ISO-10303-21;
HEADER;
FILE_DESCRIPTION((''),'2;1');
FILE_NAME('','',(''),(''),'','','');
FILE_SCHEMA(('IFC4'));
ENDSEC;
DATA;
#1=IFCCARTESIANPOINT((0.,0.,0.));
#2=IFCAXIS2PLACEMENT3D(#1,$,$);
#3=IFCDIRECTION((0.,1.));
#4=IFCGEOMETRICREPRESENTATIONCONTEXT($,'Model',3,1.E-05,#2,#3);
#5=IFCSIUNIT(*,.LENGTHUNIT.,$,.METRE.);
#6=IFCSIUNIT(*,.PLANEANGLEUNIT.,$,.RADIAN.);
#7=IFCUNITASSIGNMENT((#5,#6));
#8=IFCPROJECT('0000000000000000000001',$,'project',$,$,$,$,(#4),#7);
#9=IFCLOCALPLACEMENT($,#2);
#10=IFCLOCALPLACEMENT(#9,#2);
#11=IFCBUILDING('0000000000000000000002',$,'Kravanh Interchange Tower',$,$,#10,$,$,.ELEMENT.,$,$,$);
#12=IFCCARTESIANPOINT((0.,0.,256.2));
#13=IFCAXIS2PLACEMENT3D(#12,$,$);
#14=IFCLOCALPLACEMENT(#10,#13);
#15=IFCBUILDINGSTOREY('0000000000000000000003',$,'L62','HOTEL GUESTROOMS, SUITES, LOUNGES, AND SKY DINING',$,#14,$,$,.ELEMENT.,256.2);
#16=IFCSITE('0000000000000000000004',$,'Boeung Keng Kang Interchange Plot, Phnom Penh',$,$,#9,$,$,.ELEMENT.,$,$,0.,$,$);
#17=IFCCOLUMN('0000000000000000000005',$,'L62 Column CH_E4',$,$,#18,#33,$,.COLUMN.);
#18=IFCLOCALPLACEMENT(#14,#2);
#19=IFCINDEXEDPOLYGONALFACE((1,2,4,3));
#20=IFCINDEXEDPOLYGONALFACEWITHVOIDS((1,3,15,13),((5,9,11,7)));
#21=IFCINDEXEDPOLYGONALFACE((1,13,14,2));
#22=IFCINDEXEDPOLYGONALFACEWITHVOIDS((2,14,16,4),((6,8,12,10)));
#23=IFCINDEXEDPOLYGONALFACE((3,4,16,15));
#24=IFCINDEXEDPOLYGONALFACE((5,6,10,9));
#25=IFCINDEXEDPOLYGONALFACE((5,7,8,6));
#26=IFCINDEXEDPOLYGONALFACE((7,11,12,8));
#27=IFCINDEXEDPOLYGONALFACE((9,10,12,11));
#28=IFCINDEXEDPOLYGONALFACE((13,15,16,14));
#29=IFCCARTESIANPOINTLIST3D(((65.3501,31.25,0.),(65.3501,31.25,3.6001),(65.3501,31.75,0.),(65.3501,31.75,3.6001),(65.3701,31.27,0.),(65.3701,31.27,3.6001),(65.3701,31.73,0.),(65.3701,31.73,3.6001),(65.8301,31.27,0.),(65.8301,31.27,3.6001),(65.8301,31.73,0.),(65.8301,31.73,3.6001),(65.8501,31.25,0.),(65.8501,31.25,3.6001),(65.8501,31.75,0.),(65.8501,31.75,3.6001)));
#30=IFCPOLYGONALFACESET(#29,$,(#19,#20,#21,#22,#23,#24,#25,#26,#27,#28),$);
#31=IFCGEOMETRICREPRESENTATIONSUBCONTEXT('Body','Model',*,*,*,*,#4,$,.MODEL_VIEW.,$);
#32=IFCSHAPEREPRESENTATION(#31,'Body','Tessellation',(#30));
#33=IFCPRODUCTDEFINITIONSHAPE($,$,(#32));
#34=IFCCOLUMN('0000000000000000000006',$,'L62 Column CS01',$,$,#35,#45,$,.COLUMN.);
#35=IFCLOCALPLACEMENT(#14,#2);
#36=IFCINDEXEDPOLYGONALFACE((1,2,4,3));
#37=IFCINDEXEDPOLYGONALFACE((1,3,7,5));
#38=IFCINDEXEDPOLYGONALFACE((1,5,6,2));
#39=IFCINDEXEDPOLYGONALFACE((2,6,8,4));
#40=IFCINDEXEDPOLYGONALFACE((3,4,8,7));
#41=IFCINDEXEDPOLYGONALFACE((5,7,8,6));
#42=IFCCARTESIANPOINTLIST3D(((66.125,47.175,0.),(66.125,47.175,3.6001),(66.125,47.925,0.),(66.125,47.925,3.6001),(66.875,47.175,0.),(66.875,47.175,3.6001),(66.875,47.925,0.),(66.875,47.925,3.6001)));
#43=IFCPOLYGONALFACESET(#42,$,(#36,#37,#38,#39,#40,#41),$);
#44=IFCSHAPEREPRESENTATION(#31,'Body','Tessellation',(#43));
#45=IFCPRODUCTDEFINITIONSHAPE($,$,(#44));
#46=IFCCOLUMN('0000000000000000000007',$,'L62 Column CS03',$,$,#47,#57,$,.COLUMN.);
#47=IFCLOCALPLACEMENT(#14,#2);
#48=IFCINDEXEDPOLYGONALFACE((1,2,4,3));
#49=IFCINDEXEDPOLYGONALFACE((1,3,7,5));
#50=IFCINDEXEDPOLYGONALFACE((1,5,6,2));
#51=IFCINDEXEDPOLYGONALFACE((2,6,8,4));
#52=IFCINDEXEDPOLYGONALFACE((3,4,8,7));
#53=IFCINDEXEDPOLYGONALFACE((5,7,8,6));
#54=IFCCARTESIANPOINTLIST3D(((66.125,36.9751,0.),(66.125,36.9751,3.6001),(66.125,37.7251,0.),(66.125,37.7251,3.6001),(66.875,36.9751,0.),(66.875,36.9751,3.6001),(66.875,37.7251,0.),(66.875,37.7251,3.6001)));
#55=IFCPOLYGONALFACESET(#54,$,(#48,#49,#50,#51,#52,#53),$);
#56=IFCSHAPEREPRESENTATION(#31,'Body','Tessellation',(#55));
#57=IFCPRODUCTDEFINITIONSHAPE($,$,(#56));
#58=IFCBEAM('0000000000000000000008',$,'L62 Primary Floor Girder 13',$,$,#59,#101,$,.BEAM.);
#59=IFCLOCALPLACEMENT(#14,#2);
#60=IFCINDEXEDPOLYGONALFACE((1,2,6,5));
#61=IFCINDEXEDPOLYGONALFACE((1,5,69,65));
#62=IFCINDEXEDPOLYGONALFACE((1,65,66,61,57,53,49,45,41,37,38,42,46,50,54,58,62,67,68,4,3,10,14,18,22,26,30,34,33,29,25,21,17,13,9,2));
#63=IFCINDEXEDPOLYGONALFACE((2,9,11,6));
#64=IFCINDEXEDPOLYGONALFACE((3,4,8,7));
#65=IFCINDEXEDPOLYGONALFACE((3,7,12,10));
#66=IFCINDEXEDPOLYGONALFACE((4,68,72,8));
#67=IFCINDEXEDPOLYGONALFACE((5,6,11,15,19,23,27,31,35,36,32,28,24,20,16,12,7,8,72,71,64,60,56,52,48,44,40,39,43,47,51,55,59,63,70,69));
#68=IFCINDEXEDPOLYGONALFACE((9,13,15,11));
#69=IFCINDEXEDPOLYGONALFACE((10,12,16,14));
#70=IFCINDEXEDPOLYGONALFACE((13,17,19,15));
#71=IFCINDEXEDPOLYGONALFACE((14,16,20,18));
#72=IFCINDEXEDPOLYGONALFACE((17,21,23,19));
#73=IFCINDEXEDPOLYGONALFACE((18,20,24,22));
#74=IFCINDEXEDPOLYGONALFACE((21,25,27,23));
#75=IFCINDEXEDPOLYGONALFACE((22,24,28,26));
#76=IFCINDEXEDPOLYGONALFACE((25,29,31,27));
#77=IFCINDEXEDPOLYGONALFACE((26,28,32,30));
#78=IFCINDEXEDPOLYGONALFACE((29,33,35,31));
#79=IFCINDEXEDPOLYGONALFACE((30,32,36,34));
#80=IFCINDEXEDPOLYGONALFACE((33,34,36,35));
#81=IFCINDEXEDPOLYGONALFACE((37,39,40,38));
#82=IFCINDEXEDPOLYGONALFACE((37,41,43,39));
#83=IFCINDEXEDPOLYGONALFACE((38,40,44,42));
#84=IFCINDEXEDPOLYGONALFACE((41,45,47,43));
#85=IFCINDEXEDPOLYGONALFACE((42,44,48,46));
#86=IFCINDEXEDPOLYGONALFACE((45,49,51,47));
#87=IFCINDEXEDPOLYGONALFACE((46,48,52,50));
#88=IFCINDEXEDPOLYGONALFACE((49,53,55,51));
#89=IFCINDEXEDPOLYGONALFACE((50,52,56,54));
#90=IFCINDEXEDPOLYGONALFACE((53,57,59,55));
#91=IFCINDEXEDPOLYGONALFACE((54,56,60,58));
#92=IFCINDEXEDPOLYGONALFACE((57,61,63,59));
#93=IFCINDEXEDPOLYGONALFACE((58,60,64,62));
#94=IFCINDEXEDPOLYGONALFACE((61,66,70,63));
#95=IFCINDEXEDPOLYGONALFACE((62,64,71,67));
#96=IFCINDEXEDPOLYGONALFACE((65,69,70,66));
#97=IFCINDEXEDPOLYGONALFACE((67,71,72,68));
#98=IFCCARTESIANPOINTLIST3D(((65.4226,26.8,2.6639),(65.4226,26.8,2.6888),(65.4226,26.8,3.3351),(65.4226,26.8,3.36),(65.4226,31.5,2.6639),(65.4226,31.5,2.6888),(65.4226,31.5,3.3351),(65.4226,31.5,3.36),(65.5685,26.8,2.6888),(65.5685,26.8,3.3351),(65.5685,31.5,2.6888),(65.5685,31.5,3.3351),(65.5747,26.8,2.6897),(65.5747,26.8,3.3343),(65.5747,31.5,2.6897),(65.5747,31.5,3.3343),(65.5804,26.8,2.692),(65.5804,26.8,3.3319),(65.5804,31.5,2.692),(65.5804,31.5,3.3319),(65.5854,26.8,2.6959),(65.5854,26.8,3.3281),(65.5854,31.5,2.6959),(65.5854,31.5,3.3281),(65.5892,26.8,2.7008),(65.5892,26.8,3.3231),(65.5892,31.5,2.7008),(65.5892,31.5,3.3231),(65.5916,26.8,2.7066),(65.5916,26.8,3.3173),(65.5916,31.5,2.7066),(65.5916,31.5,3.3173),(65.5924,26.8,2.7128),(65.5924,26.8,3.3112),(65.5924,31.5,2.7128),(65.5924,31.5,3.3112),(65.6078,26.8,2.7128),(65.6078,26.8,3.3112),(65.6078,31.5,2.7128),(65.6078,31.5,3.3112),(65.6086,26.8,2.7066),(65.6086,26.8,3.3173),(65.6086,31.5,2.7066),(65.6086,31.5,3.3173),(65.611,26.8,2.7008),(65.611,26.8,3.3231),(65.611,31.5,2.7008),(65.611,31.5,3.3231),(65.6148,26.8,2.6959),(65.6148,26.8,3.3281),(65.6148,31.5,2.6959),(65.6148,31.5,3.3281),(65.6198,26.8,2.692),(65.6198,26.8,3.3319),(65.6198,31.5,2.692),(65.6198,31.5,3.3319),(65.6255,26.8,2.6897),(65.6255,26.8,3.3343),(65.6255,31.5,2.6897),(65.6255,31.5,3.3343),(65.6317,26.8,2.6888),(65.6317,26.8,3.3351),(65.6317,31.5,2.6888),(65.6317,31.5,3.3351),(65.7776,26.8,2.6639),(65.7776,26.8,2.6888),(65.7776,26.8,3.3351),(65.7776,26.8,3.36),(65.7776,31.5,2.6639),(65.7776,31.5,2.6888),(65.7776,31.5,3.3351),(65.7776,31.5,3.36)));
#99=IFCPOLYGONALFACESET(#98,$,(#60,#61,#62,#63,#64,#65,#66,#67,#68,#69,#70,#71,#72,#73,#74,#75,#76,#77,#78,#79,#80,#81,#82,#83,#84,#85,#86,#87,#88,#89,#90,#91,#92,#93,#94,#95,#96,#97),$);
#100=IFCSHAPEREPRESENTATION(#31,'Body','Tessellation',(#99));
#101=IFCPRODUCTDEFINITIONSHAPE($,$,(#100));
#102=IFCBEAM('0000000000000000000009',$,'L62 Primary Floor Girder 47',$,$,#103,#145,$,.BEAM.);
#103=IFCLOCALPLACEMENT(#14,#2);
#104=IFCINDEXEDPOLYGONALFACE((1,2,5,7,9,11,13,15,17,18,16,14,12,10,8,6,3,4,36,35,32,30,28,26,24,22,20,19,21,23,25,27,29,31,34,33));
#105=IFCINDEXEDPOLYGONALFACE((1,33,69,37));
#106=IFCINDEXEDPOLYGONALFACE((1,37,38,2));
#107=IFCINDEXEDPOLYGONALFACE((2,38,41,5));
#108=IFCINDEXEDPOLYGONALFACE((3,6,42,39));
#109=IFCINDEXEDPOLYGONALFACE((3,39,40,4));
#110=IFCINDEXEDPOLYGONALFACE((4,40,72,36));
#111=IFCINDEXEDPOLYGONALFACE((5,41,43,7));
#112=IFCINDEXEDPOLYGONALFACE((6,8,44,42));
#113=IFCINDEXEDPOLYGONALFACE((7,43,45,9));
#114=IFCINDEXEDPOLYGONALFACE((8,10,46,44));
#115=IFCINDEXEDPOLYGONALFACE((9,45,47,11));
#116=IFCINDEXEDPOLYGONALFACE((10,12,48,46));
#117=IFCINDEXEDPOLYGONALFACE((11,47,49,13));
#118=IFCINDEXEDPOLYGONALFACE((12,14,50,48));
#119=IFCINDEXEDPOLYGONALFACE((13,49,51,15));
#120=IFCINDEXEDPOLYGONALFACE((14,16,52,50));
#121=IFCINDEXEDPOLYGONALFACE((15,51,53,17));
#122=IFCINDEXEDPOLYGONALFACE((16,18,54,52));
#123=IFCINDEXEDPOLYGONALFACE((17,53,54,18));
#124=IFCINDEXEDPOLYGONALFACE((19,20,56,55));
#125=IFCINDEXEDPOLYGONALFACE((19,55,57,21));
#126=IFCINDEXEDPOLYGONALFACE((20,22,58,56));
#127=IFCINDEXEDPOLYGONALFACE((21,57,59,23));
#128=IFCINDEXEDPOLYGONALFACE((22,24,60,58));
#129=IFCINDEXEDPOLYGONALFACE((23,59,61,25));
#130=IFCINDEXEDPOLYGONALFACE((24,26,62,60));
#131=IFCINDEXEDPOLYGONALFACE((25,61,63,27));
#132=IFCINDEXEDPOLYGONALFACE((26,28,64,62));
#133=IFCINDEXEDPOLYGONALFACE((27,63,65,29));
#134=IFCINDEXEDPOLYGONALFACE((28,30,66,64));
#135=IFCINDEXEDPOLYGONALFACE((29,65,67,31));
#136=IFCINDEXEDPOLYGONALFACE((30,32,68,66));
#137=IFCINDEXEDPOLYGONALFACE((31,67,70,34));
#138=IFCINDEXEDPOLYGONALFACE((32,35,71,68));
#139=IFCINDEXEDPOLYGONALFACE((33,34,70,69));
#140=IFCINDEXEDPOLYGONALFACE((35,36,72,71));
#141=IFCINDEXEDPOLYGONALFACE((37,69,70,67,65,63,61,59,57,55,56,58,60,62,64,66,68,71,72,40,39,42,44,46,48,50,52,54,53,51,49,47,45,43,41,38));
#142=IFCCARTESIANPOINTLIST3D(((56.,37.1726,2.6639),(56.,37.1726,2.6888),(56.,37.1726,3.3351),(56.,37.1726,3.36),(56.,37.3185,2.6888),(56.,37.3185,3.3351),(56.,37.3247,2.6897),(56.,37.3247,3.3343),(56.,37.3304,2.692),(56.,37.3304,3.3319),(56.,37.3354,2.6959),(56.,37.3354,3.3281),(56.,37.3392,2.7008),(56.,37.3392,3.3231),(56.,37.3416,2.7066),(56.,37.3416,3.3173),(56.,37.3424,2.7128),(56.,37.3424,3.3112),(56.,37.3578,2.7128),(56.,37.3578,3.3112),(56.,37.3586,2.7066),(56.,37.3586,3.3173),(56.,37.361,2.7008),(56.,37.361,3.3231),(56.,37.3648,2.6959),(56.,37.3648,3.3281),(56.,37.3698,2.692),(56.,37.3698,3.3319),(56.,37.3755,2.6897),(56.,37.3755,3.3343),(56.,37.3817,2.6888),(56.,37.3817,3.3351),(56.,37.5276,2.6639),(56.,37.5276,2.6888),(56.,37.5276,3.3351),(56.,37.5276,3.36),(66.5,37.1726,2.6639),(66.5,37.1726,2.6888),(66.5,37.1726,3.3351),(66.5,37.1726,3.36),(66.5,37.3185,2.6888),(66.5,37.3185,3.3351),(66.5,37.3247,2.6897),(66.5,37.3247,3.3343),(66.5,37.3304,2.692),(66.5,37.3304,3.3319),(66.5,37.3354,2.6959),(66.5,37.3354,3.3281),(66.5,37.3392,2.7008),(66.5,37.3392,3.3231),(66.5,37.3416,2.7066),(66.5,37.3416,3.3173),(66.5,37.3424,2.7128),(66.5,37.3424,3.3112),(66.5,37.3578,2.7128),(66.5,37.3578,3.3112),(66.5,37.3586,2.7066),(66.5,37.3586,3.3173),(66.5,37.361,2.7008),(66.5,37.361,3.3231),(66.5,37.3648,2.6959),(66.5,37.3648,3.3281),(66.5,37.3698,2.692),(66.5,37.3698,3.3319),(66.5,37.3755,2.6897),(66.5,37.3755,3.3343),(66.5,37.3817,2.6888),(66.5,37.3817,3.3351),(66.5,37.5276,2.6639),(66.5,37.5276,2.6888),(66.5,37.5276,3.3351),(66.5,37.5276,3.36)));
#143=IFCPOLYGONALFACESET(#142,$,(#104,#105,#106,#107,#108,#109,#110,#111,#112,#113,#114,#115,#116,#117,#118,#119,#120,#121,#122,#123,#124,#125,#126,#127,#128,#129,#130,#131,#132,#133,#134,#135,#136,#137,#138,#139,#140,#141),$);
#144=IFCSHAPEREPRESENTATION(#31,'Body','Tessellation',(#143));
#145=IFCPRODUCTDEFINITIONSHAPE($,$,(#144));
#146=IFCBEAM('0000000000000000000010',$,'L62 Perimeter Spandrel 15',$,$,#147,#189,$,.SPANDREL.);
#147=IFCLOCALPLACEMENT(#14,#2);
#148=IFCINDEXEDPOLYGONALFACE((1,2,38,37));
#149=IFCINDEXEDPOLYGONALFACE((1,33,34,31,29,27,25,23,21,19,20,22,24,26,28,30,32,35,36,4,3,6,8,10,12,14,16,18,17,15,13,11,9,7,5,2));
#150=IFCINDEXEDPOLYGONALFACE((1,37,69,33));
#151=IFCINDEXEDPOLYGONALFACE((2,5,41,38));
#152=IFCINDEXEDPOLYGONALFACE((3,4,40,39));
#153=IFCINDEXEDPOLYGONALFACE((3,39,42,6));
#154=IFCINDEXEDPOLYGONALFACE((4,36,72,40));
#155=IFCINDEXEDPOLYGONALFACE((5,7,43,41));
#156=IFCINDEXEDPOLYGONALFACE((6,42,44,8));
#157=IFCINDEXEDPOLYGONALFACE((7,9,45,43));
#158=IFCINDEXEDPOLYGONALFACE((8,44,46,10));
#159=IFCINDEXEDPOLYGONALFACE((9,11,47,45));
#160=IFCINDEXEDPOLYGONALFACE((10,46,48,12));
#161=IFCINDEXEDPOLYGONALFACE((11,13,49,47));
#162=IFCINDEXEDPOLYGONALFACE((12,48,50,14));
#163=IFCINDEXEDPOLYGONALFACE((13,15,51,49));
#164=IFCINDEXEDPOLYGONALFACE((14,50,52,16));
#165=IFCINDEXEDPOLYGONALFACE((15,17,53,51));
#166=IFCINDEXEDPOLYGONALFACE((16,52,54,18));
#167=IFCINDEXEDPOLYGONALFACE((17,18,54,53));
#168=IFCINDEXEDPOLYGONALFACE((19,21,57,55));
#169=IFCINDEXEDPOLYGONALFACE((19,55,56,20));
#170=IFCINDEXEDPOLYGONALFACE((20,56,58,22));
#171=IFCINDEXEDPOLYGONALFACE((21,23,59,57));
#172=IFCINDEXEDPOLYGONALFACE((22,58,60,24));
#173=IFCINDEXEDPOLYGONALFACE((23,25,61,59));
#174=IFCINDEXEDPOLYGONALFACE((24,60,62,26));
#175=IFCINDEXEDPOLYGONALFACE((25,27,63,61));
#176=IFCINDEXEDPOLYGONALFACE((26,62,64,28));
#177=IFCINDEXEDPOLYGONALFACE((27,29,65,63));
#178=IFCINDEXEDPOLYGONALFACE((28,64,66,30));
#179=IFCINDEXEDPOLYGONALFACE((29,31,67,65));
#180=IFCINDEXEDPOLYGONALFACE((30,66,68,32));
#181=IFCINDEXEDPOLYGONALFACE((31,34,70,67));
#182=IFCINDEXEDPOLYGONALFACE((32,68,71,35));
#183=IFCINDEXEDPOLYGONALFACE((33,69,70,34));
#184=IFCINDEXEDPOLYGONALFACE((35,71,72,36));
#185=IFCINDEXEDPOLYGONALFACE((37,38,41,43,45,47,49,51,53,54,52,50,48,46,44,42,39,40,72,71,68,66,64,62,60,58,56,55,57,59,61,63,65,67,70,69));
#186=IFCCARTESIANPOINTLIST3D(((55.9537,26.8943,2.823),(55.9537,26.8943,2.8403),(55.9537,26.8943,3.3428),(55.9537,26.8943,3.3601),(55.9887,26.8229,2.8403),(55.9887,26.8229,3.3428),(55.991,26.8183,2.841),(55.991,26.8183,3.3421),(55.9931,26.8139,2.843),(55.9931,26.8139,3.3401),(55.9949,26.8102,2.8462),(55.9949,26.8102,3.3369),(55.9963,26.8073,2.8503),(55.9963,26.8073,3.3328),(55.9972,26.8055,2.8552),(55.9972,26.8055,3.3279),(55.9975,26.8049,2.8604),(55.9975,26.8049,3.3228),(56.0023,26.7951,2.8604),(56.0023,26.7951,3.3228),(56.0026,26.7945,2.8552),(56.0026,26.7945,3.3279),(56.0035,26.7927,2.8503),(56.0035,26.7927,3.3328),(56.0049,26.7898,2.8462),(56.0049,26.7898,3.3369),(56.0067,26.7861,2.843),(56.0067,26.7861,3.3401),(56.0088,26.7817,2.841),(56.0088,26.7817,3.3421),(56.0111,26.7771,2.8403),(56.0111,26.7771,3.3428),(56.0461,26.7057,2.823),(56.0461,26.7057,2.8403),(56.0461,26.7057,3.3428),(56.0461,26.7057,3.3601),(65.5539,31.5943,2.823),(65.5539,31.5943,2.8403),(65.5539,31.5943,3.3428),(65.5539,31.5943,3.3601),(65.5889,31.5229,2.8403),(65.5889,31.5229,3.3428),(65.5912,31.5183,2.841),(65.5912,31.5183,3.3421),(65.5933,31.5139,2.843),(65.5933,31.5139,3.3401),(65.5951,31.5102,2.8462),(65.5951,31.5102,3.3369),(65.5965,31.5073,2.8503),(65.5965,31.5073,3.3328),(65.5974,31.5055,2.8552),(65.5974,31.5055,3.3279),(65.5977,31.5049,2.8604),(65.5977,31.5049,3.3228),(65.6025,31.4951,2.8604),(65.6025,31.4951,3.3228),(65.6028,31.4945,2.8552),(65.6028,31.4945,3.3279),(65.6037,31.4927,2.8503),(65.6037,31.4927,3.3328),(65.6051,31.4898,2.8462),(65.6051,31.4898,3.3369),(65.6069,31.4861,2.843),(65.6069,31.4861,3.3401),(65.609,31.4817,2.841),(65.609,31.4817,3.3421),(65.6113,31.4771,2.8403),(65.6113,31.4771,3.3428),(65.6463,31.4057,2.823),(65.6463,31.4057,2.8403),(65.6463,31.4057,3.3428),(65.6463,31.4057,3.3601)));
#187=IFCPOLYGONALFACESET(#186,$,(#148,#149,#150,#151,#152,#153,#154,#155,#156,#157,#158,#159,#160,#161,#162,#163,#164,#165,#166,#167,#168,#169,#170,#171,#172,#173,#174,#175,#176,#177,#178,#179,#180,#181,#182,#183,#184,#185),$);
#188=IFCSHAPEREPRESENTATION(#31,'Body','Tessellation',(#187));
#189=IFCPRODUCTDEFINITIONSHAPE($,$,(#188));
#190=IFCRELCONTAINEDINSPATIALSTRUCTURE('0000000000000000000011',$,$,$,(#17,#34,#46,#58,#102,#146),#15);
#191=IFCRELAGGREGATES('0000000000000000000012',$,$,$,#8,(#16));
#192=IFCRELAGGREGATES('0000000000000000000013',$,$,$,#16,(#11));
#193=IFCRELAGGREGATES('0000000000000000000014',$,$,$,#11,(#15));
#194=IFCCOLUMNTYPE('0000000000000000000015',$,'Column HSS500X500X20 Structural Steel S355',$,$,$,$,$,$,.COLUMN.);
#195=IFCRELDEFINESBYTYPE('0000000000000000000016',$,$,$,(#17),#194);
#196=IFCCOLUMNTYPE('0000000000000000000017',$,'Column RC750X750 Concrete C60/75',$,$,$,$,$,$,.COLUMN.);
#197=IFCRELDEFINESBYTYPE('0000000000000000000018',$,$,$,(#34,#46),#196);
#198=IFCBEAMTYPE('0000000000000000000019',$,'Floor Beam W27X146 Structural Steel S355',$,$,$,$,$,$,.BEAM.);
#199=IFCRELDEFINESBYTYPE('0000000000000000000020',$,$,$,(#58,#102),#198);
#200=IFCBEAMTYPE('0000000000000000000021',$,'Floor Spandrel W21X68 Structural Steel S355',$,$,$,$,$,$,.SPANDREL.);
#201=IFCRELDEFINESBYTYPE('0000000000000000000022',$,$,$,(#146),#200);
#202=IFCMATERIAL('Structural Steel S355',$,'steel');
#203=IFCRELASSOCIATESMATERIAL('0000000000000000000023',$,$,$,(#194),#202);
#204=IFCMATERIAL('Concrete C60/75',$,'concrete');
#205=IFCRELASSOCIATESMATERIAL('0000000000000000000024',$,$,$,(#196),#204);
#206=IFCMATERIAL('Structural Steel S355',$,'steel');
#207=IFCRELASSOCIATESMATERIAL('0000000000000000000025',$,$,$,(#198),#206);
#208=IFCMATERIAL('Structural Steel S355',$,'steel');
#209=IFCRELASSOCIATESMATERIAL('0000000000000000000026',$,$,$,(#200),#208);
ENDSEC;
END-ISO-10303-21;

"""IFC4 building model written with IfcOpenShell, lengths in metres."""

from ifc_helpers import new_model, si_unit, direction, frame, origin, origin_2d, place, context, subcontext, project, spatial, rectangle, hollow_rectangle, i_section, extrude, material, material_profile, profile_set, type_object, element, save


model = new_model("IFC4")

# Units and contexts
model_context = context("Model", 3, precision=1e-05, world=origin(), true_north=direction((0.0, 1.0)))
body_context = subcontext(model_context, "Body", "Model", "MODEL_VIEW")
ifc_project = project(units=[si_unit("LENGTHUNIT", "METRE"), si_unit("PLANEANGLEUNIT", "RADIAN")], contexts=[model_context])

# Site, building, storey
site_placement = place(None, origin())
site = spatial("IfcSite", under=ifc_project, at=site_placement, Name="Boeung Keng Kang Interchange Plot, Phnom Penh", CompositionType="ELEMENT", RefElevation=0.0)
building_placement = place(site_placement, origin())
building = spatial("IfcBuilding", under=site, at=building_placement, Name="Kravanh Interchange Tower", CompositionType="ELEMENT")
storey_placement = place(building_placement, frame((0.0, 0.0, 256.2)))
storey = spatial("IfcBuildingStorey", under=building, at=storey_placement, Name="L62", Description="HOTEL GUESTROOMS, SUITES, LOUNGES, AND SKY DINING", CompositionType="ELEMENT", Elevation=256.2)

# Columns
ifc_material_1 = material(Name="Structural Steel S355", Category="steel")
ifc_material_profile_1 = material_profile(ifc_material_1, hollow_rectangle(XDim=0.5, YDim=0.5, WallThickness=0.02, at=origin_2d()), Name="HSS500X500X20")
ifc_profile_set_1 = profile_set([ifc_material_profile_1], Name="Structural Steel S355")
column_type_1 = type_object("IfcColumnType", Name="Column HSS500X500X20 Structural Steel S355", PredefinedType="COLUMN", material=ifc_profile_set_1)
column_placement = place(storey_placement, frame((65.6001, 31.5, 0.0), z_axis=(0.0, 0.0, 1.0), x_axis=(1.0, 0.0, 0.0)))
element("IfcColumn", 1, at=column_placement, inside=storey, type_object=column_type_1, Name="L62 Column CH_E4", PredefinedType="COLUMN", context=body_context, shape_type="SweptSolid", body=[
    extrude(hollow_rectangle(XDim=0.5, YDim=0.5, WallThickness=0.02, at=origin_2d()), origin(), (0.0, 0.0, 1.0), 3.6001),
])
ifc_material_2 = material(Name="Concrete C60/75", Category="concrete")
ifc_material_profile_2 = material_profile(ifc_material_2, rectangle(XDim=0.75, YDim=0.75, at=origin_2d()), Name="RC750X750")
ifc_profile_set_2 = profile_set([ifc_material_profile_2], Name="Concrete C60/75")
column_type_2 = type_object("IfcColumnType", Name="Column RC750X750 Concrete C60/75", PredefinedType="COLUMN", material=ifc_profile_set_2)
for number, where, z_axis, x_axis, name in (
    (2, (66.5, 47.55, 0.0), (0.0, 0.0, 1.0), (1.0, 0.0, 0.0), "L62 Column CS01"),
    (3, (66.5, 37.3501, 0.0), (0.0, 0.0, 1.0), (1.0, 0.0, 0.0), "L62 Column CS03"),
):
    element("IfcColumn", number, at=place(storey_placement, frame(where, z_axis=z_axis, x_axis=x_axis)), inside=storey, type_object=column_type_2, Name=name, PredefinedType="COLUMN", context=body_context, shape_type="SweptSolid", body=[
        extrude(rectangle(XDim=0.75, YDim=0.75, at=origin_2d()), origin(), (0.0, 0.0, 1.0), 3.6001),
    ])

# Beams
ifc_material_3 = material(Name="Structural Steel S355", Category="steel")
ifc_material_profile_3 = material_profile(ifc_material_3, i_section(OverallWidth=0.355, OverallDepth=0.696, WebThickness=0.0154, FlangeThickness=0.0249, FilletRadius=0.0239, at=origin_2d()), Name="W27X146")
ifc_profile_set_3 = profile_set([ifc_material_profile_3], Name="Structural Steel S355")
beam_type_1 = type_object("IfcBeamType", Name="Floor Beam W27X146 Structural Steel S355", PredefinedType="BEAM", material=ifc_profile_set_3)
beam_1_placement = place(storey_placement, frame((65.6001, 31.5, 3.012), z_axis=(0.0, -1.0, 0.0), x_axis=(1.0, 0.0, 0.0)))
element("IfcBeam", 4, at=beam_1_placement, inside=storey, type_object=beam_type_1, Name="L62 Primary Floor Girder 13", PredefinedType="BEAM", context=body_context, shape_type="SweptSolid", body=[
    extrude(i_section(OverallWidth=0.355, OverallDepth=0.696, WebThickness=0.0154, FlangeThickness=0.0249, FilletRadius=0.0239, at=origin_2d()), origin(), (0.0, 0.0, 1.0), 4.7),
])
beam_2_placement = place(storey_placement, frame((66.5, 37.3501, 3.012), z_axis=(-1.0, 0.0, 0.0), x_axis=(0.0, -1.0, 0.0)))
element("IfcBeam", 5, at=beam_2_placement, inside=storey, type_object=beam_type_1, Name="L62 Primary Floor Girder 47", PredefinedType="BEAM", context=body_context, shape_type="SweptSolid", body=[
    extrude(i_section(OverallWidth=0.355, OverallDepth=0.696, WebThickness=0.0154, FlangeThickness=0.0249, FilletRadius=0.0239, at=origin_2d()), origin(), (0.0, 0.0, 1.0), 10.5),
])
ifc_material_4 = material(Name="Structural Steel S355", Category="steel")
ifc_material_profile_4 = material_profile(ifc_material_4, i_section(OverallWidth=0.21, OverallDepth=0.5371, WebThickness=0.011, FlangeThickness=0.0173, FilletRadius=0.02, at=origin_2d()), Name="W21X68")
ifc_profile_set_4 = profile_set([ifc_material_profile_4], Name="Structural Steel S355")
beam_type_2 = type_object("IfcBeamType", Name="Floor Spandrel W21X68 Structural Steel S355", PredefinedType="SPANDREL", material=ifc_profile_set_4)
beam_3_placement = place(storey_placement, frame((65.6001, 31.5, 3.0916), z_axis=(-0.898142, -0.439706, 0.0), x_axis=(0.439706, -0.898142, 0.0)))
element("IfcBeam", 6, at=beam_3_placement, inside=storey, type_object=beam_type_2, Name="L62 Perimeter Spandrel 15", PredefinedType="SPANDREL", context=body_context, shape_type="SweptSolid", body=[
    extrude(i_section(OverallWidth=0.21, OverallDepth=0.5371, WebThickness=0.011, FlangeThickness=0.0173, FilletRadius=0.02, at=origin_2d()), origin(), (0.0, 0.0, 1.0), 10.689),
])

save(model, "model.ifc")
